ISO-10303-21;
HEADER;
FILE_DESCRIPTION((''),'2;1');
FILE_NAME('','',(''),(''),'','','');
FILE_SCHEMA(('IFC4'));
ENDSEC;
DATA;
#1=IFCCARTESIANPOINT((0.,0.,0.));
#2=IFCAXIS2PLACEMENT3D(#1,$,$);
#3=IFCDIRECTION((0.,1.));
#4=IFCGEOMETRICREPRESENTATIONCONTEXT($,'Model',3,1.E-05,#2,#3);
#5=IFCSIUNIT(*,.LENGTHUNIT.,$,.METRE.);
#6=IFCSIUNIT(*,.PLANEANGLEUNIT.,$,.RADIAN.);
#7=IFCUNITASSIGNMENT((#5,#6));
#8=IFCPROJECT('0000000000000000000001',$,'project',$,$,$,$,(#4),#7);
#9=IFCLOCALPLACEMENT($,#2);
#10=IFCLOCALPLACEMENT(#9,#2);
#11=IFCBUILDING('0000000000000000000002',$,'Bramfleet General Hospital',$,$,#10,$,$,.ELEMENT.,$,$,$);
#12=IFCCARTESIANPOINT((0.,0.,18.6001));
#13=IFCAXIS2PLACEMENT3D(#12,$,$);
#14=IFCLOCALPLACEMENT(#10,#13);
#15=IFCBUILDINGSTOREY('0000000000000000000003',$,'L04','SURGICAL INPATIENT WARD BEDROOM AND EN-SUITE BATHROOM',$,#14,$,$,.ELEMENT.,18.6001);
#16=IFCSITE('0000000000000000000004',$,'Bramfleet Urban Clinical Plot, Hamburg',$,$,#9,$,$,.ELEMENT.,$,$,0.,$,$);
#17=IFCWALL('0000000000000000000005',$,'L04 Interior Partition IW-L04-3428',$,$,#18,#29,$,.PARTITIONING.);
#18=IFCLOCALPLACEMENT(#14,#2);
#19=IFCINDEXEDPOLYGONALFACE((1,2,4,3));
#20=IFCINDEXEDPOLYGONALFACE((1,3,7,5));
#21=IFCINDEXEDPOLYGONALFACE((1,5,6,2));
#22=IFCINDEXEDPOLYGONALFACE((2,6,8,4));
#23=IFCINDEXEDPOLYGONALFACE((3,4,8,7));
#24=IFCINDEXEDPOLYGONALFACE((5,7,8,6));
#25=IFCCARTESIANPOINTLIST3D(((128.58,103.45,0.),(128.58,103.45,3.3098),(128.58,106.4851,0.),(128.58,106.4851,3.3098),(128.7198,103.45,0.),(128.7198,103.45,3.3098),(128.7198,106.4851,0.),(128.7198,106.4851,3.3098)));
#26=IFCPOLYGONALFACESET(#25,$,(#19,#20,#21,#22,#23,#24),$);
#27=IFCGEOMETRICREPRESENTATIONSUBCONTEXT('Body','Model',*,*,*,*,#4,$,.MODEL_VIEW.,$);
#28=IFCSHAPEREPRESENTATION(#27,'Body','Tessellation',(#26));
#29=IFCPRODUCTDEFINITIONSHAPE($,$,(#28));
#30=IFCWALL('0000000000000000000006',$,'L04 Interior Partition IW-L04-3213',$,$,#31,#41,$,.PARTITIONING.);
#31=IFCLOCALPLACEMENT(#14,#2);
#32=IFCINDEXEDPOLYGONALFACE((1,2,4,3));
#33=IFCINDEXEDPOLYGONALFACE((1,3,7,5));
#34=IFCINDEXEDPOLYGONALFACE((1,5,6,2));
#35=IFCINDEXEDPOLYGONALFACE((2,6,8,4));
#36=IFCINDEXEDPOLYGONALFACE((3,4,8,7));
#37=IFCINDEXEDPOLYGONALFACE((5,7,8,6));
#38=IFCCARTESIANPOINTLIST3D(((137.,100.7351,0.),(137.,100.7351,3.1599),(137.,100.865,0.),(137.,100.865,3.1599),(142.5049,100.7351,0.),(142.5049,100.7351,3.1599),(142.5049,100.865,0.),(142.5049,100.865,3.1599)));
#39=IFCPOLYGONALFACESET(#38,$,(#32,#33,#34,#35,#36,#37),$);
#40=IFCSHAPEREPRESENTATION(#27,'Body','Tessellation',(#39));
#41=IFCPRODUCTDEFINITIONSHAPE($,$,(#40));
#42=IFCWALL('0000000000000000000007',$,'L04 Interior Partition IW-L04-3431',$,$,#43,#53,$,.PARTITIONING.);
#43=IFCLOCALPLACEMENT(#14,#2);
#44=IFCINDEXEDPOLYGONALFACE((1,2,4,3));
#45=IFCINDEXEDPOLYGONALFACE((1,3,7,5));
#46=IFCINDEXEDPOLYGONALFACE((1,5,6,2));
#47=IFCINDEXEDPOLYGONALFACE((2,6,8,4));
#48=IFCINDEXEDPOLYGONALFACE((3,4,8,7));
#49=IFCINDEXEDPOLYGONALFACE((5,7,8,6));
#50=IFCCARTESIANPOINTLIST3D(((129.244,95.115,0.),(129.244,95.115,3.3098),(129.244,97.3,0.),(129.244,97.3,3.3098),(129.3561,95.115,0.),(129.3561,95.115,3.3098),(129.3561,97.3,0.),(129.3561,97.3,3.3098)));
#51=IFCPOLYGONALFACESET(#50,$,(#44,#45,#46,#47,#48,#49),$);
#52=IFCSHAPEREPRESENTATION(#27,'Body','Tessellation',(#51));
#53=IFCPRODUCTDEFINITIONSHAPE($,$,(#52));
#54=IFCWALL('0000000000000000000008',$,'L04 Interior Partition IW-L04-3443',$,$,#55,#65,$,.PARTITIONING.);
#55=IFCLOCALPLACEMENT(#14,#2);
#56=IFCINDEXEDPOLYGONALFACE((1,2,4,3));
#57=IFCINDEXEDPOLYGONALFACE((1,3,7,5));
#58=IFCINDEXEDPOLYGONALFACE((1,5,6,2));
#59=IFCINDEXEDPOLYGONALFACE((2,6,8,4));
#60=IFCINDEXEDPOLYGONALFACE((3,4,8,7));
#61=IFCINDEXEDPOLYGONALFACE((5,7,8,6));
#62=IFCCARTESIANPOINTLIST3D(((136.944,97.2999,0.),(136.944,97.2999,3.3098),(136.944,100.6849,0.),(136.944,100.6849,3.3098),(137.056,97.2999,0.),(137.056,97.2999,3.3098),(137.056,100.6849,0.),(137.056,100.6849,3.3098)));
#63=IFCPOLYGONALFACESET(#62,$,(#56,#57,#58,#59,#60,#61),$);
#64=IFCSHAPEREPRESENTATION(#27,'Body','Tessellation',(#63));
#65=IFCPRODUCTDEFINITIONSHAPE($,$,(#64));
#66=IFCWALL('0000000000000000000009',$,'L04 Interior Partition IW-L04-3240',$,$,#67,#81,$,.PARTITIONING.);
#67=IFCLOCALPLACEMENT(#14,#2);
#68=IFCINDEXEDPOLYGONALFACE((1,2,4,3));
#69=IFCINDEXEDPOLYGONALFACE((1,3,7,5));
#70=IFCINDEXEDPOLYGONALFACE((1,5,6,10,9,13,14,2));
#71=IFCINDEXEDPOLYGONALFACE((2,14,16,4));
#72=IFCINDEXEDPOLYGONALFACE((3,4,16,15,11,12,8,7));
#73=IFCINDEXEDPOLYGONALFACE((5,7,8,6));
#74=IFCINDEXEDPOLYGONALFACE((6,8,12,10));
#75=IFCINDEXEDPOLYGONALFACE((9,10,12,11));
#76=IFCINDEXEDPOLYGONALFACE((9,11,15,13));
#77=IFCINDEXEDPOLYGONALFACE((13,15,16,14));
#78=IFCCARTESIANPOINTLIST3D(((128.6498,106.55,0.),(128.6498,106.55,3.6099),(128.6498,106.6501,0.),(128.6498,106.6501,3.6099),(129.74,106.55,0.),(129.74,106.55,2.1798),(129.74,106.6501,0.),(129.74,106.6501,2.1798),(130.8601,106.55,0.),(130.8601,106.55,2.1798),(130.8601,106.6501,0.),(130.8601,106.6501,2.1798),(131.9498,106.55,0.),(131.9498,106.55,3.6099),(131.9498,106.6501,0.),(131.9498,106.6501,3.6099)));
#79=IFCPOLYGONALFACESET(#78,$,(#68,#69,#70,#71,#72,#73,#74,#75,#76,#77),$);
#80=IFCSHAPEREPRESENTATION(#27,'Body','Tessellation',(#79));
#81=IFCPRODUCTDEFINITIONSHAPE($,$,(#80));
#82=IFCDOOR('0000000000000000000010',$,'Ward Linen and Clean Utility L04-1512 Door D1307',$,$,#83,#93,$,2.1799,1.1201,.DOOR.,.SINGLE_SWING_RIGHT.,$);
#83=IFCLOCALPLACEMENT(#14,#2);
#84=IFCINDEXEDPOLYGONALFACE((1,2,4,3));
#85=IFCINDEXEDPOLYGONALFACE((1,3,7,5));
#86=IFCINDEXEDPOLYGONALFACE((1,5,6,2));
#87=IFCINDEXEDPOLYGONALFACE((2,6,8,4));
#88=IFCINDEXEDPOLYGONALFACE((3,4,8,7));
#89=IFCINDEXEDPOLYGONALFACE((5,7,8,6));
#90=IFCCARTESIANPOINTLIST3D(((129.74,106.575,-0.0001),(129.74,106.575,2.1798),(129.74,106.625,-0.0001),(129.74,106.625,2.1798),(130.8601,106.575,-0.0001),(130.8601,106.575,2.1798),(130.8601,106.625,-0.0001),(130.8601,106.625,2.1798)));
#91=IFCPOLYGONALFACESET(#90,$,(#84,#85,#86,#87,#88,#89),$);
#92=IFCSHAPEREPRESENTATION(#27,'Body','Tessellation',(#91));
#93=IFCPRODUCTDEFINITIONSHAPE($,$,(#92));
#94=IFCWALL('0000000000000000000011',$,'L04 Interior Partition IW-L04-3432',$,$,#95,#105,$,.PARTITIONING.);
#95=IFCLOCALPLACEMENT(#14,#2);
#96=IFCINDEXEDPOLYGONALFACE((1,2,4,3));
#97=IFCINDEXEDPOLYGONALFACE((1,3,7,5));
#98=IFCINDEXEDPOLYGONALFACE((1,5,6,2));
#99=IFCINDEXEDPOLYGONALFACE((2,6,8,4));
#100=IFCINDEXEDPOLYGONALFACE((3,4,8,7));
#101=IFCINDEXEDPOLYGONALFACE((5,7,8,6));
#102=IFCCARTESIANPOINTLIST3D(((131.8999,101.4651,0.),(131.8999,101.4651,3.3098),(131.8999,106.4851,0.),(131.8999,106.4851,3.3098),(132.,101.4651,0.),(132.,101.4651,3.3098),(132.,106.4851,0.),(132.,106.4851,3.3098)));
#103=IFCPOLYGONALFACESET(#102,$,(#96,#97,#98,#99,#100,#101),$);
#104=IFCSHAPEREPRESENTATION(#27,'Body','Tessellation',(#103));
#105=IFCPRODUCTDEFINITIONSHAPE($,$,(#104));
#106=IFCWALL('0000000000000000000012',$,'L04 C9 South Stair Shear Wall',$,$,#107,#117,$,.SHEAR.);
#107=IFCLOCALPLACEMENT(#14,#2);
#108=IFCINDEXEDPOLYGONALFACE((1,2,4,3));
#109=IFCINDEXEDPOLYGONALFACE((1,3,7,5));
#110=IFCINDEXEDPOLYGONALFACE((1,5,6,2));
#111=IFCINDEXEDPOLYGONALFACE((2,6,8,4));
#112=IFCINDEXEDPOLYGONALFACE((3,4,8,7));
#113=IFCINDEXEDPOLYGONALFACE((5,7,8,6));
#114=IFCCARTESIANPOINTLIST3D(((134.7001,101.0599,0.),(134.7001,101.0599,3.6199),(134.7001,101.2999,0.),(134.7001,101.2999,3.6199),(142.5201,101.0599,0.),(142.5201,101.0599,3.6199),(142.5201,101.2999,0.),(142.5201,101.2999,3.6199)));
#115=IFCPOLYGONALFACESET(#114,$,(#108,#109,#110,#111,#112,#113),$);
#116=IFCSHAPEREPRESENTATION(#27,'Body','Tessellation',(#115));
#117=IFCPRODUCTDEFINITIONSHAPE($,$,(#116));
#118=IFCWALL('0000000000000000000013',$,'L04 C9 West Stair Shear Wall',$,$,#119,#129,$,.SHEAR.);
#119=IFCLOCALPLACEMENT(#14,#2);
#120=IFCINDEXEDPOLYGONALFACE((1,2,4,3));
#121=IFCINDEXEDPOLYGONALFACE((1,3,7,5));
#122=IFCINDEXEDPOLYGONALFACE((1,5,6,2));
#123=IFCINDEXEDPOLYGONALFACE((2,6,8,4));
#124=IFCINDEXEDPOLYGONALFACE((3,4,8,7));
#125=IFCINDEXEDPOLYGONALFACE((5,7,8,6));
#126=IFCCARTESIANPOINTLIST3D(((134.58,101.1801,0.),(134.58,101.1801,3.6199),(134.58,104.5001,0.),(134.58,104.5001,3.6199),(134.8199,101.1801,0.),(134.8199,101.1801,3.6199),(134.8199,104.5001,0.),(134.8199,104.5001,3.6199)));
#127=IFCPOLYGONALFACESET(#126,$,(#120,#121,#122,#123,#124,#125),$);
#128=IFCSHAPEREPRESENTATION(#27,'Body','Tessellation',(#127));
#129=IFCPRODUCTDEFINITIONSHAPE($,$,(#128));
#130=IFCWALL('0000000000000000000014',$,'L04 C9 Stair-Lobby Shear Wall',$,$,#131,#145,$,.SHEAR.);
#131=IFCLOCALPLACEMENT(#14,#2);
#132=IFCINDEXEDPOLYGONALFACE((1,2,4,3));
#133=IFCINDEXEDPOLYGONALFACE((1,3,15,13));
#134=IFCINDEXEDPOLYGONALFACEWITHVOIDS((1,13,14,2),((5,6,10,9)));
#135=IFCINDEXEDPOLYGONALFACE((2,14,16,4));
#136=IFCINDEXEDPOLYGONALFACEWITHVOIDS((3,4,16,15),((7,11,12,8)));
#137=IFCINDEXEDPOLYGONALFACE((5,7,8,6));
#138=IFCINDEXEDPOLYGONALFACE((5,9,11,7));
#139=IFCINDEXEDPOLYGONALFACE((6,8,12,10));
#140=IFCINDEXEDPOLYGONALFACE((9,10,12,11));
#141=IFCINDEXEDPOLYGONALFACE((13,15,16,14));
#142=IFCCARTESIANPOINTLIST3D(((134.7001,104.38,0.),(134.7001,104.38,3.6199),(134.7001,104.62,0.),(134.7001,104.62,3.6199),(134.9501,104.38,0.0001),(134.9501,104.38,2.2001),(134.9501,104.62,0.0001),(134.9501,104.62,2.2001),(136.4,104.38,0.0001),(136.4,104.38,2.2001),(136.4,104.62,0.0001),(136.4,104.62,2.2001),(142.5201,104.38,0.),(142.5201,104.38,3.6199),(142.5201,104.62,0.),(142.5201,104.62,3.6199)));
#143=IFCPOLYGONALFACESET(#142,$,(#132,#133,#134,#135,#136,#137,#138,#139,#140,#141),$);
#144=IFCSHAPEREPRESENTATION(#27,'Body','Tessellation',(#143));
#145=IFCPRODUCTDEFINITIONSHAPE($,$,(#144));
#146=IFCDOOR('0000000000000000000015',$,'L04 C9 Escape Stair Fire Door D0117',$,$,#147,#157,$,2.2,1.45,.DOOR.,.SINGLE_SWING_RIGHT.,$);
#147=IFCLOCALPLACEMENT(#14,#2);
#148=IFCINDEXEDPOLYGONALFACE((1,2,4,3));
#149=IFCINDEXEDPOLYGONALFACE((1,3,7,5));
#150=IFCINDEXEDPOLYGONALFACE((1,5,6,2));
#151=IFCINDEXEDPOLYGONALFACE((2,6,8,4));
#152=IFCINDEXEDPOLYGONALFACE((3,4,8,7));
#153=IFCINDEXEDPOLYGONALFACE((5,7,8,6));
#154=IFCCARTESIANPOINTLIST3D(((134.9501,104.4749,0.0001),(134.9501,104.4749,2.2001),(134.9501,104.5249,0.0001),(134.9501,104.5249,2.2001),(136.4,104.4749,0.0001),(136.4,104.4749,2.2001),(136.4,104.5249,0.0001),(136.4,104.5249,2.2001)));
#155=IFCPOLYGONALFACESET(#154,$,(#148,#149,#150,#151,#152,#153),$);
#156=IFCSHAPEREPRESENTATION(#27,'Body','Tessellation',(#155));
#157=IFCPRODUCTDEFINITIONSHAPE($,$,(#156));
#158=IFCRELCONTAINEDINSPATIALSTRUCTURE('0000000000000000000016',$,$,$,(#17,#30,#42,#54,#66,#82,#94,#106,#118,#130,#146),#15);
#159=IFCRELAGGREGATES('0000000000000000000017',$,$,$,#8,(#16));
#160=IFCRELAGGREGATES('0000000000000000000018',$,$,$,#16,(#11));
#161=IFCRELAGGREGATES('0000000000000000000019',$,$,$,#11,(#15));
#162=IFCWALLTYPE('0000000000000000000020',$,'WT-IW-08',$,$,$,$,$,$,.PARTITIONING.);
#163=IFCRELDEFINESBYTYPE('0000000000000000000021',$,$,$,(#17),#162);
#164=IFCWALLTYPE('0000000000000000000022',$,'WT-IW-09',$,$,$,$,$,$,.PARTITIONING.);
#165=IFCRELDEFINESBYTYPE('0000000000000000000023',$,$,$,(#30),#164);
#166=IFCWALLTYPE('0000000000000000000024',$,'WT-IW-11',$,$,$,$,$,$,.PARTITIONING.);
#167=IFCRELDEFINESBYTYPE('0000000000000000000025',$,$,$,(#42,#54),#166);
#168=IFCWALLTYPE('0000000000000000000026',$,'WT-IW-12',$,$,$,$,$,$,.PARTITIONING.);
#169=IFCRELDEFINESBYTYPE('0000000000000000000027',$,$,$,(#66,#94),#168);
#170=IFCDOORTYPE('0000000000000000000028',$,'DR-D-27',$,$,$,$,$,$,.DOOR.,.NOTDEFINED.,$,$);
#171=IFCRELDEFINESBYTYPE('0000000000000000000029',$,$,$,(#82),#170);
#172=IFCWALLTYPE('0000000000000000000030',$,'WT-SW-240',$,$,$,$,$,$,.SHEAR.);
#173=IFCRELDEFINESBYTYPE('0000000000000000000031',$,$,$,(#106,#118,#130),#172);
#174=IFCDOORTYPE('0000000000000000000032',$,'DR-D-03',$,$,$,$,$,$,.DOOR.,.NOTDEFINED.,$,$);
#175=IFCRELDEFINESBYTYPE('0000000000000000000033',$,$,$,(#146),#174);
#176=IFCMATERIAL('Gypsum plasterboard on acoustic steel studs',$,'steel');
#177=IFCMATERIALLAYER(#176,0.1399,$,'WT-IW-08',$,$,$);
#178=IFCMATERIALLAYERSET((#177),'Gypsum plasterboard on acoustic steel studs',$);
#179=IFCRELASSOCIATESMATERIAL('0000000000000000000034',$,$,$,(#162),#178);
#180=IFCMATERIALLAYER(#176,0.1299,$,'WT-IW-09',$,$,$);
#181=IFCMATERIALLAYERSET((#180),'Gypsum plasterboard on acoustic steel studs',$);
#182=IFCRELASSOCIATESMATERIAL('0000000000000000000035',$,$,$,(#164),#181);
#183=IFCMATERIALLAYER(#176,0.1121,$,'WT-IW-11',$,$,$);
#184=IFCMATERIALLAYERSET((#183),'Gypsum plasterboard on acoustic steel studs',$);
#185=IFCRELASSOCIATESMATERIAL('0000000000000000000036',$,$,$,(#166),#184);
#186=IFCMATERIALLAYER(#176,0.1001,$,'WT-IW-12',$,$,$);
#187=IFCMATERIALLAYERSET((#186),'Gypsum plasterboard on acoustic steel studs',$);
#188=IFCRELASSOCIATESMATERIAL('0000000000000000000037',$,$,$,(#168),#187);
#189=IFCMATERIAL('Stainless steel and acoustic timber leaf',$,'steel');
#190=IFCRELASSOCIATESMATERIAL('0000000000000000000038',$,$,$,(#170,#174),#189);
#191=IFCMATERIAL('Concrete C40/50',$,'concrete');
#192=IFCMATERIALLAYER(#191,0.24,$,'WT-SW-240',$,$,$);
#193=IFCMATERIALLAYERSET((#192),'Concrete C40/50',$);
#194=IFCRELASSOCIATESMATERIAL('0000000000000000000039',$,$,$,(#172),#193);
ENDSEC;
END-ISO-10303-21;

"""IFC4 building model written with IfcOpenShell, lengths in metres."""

from ifc_helpers import new_model, si_unit, direction, frame, frame_2d, origin, place, context, subcontext, project, spatial, rectangle, extrude, material, layer, layer_set, type_object, element, fill, save


model = new_model("IFC4")

# Units and contexts
model_context = context("Model", 3, precision=1e-05, world=origin(), true_north=direction((0.0, 1.0)))
body_context = subcontext(model_context, "Body", "Model", "MODEL_VIEW")
ifc_project = project(units=[si_unit("LENGTHUNIT", "METRE"), si_unit("PLANEANGLEUNIT", "RADIAN")], contexts=[model_context])

# Site, building, storey
site_placement = place(None, origin())
site = spatial("IfcSite", under=ifc_project, at=site_placement, Name="Bramfleet Urban Clinical Plot, Hamburg", CompositionType="ELEMENT", RefElevation=0.0)
building_placement = place(site_placement, origin())
building = spatial("IfcBuilding", under=site, at=building_placement, Name="Bramfleet General Hospital", CompositionType="ELEMENT")
storey_placement = place(building_placement, frame((0.0, 0.0, 18.6001)))
storey = spatial("IfcBuildingStorey", under=building, at=storey_placement, Name="L04", Description="SURGICAL INPATIENT WARD BEDROOM AND EN-SUITE BATHROOM", CompositionType="ELEMENT", Elevation=18.6001)

# Shared definitions
ifc_material_1 = material(Name="Concrete C40/50", Category="concrete")

# Walls
ifc_material_2 = material(Name="Gypsum plasterboard on acoustic steel studs", Category="steel")
ifc_layer_1 = layer(ifc_material_2, 0.1399, Name="WT-IW-08")
ifc_layer_set_1 = layer_set([ifc_layer_1], Name="Gypsum plasterboard on acoustic steel studs")
wall_type_1 = type_object("IfcWallType", Name="WT-IW-08", PredefinedType="PARTITIONING", material=ifc_layer_set_1)
wall_1_placement = place(storey_placement, frame((128.6499, 103.45, 0.0), z_axis=(0.0, 0.0, 1.0), x_axis=(0.0, 1.0, 0.0)))
element("IfcWall", 1, at=wall_1_placement, inside=storey, type_object=wall_type_1, Name="L04 Interior Partition IW-L04-3428", PredefinedType="PARTITIONING", context=body_context, shape_type="SweptSolid", body=[
    extrude(rectangle(XDim=3.0352, YDim=0.1399, at=frame_2d((1.5176, 0.0))), origin(), (0.0, 0.0, 1.0), 3.3098),
])
ifc_layer_2 = layer(ifc_material_2, 0.1299, Name="WT-IW-09")
ifc_layer_set_2 = layer_set([ifc_layer_2], Name="Gypsum plasterboard on acoustic steel studs")
wall_type_2 = type_object("IfcWallType", Name="WT-IW-09", PredefinedType="PARTITIONING", material=ifc_layer_set_2)
wall_2_placement = place(storey_placement, frame((137.0, 100.8, 0.0), z_axis=(0.0, 0.0, 1.0), x_axis=(1.0, 0.0, 0.0)))
element("IfcWall", 2, at=wall_2_placement, inside=storey, type_object=wall_type_2, Name="L04 Interior Partition IW-L04-3213", PredefinedType="PARTITIONING", context=body_context, shape_type="SweptSolid", body=[
    extrude(rectangle(XDim=5.5049, YDim=0.1299, at=frame_2d((2.7524, 0.0))), origin(), (0.0, 0.0, 1.0), 3.1599),
])
ifc_layer_3 = layer(ifc_material_2, 0.1121, Name="WT-IW-11")
ifc_layer_set_3 = layer_set([ifc_layer_3], Name="Gypsum plasterboard on acoustic steel studs")
wall_type_3 = type_object("IfcWallType", Name="WT-IW-11", PredefinedType="PARTITIONING", material=ifc_layer_set_3)
wall_3_placement = place(storey_placement, frame((129.3, 95.115, 0.0), z_axis=(0.0, 0.0, 1.0), x_axis=(0.0, 1.0, 0.0)))
element("IfcWall", 3, at=wall_3_placement, inside=storey, type_object=wall_type_3, Name="L04 Interior Partition IW-L04-3431", PredefinedType="PARTITIONING", context=body_context, shape_type="SweptSolid", body=[
    extrude(rectangle(XDim=2.1851, YDim=0.1121, at=frame_2d((1.0925, 0.0))), origin(), (0.0, 0.0, 1.0), 3.3098),
])
wall_4_placement = place(storey_placement, frame((137.0, 97.3, 0.0), z_axis=(0.0, 0.0, 1.0), x_axis=(0.0, 1.0, 0.0)))
element("IfcWall", 4, at=wall_4_placement, inside=storey, type_object=wall_type_3, Name="L04 Interior Partition IW-L04-3443", PredefinedType="PARTITIONING", context=body_context, shape_type="SweptSolid", body=[
    extrude(rectangle(XDim=3.385, YDim=0.1121, at=frame_2d((1.6924, 0.0))), origin(), (0.0, 0.0, 1.0), 3.3098),
])

# Wall, opening, door
ifc_layer_4 = layer(ifc_material_2, 0.1001, Name="WT-IW-12")
ifc_layer_set_4 = layer_set([ifc_layer_4], Name="Gypsum plasterboard on acoustic steel studs")
wall_type_4 = type_object("IfcWallType", Name="WT-IW-12", PredefinedType="PARTITIONING", material=ifc_layer_set_4)
wall_5_placement = place(storey_placement, frame((128.6499, 106.6001, 0.0), z_axis=(0.0, 0.0, 1.0), x_axis=(1.0, 0.0, 0.0)))
wall_5 = element("IfcWall", 5, at=wall_5_placement, inside=storey, type_object=wall_type_4, Name="L04 Interior Partition IW-L04-3240", PredefinedType="PARTITIONING", context=body_context, shape_type="SweptSolid", body=[
    extrude(rectangle(XDim=3.3, YDim=0.1001, at=frame_2d((1.6499, 0.0))), origin(), (0.0, 0.0, 1.0), 3.6099),
])
opening_1_placement = place(wall_5_placement, frame((1.0901, 0.0, 0.0)))
opening_1 = element("IfcOpeningElement", 6, at=opening_1_placement, cuts=wall_5, PredefinedType="OPENING", context=body_context, shape_type="SweptSolid", body=[
    extrude(rectangle(XDim=1.1201, YDim=2.1799, at=frame_2d((0.5601, 1.0898))), frame((0.0, 0.0601, 0.0), z_axis=(0.0, -1.0, 0.0), x_axis=(1.0, 0.0, 0.0)), (0.0, 0.0, 1.0), 0.1201),
])
ifc_material_3 = material(Name="Stainless steel and acoustic timber leaf", Category="steel")
door_type_1 = type_object("IfcDoorType", Name="DR-D-27", OperationType="NOTDEFINED", PredefinedType="DOOR", material=ifc_material_3)
door_1_placement = place(opening_1_placement, origin())
door_1 = element("IfcDoor", 7, at=door_1_placement, inside=storey, type_object=door_type_1, Name="Ward Linen and Clean Utility L04-1512 Door D1307", OperationType="SINGLE_SWING_RIGHT", OverallHeight=2.1799, OverallWidth=1.1201, PredefinedType="DOOR", context=body_context, shape_type="SweptSolid", body=[
    extrude(rectangle(XDim=1.1201, YDim=2.1799, at=frame_2d((0.5601, 1.0898))), frame((0.0, 0.0249, 0.0), z_axis=(0.0, -1.0, 0.0), x_axis=(1.0, 0.0, 0.0)), (0.0, 0.0, 1.0), 0.05),
])
fill(opening_1, door_1)

# Walls
wall_6_placement = place(storey_placement, frame((131.95, 101.4651, 0.0), z_axis=(0.0, 0.0, 1.0), x_axis=(0.0, 1.0, 0.0)))
element("IfcWall", 8, at=wall_6_placement, inside=storey, type_object=wall_type_4, Name="L04 Interior Partition IW-L04-3432", PredefinedType="PARTITIONING", context=body_context, shape_type="SweptSolid", body=[
    extrude(rectangle(XDim=5.02, YDim=0.1001, at=frame_2d((2.51, 0.0))), origin(), (0.0, 0.0, 1.0), 3.3098),
])
ifc_layer_5 = layer(ifc_material_1, 0.24, Name="WT-SW-240")
ifc_layer_set_5 = layer_set([ifc_layer_5], Name="Concrete C40/50")
wall_type_5 = type_object("IfcWallType", Name="WT-SW-240", PredefinedType="SHEAR", material=ifc_layer_set_5)
wall_7_placement = place(storey_placement, frame((134.7, 101.1799, 0.0), z_axis=(0.0, 0.0, 1.0), x_axis=(1.0, 0.0, 0.0)))
element("IfcWall", 9, at=wall_7_placement, inside=storey, type_object=wall_type_5, Name="L04 C9 South Stair Shear Wall", PredefinedType="SHEAR", context=body_context, shape_type="SweptSolid", body=[
    extrude(rectangle(XDim=7.8201, YDim=0.24, at=frame_2d((3.9102, 0.0))), origin(), (0.0, 0.0, 1.0), 3.6199),
])
wall_8_placement = place(storey_placement, frame((134.7, 101.1799, 0.0), z_axis=(0.0, 0.0, 1.0), x_axis=(0.0, 1.0, 0.0)))
element("IfcWall", 10, at=wall_8_placement, inside=storey, type_object=wall_type_5, Name="L04 C9 West Stair Shear Wall", PredefinedType="SHEAR", context=body_context, shape_type="SweptSolid", body=[
    extrude(rectangle(XDim=3.3201, YDim=0.24, at=frame_2d((1.6602, 0.0))), origin(), (0.0, 0.0, 1.0), 3.6199),
])

# Wall, opening, door
wall_9_placement = place(storey_placement, frame((134.7, 104.5, 0.0), z_axis=(0.0, 0.0, 1.0), x_axis=(1.0, 0.0, 0.0)))
wall_9 = element("IfcWall", 11, at=wall_9_placement, inside=storey, type_object=wall_type_5, Name="L04 C9 Stair-Lobby Shear Wall", PredefinedType="SHEAR", context=body_context, shape_type="SweptSolid", body=[
    extrude(rectangle(XDim=7.8201, YDim=0.24, at=frame_2d((3.9102, 0.0))), origin(), (0.0, 0.0, 1.0), 3.6199),
])
opening_2_placement = place(wall_9_placement, frame((0.25, 0.0, 0.0)))
opening_2 = element("IfcOpeningElement", 12, at=opening_2_placement, cuts=wall_9, PredefinedType="OPENING", context=body_context, shape_type="SweptSolid", body=[
    extrude(rectangle(XDim=1.45, YDim=2.2, at=frame_2d((0.7251, 1.1001))), frame((0.0, 0.1299, 0.0), z_axis=(0.0, -1.0, 0.0), x_axis=(1.0, 0.0, 0.0)), (0.0, 0.0, 1.0), 0.26),
])
door_type_2 = type_object("IfcDoorType", Name="DR-D-03", OperationType="NOTDEFINED", PredefinedType="DOOR", material=ifc_material_3)
door_2_placement = place(opening_2_placement, origin())
door_2 = element("IfcDoor", 13, at=door_2_placement, inside=storey, type_object=door_type_2, Name="L04 C9 Escape Stair Fire Door D0117", OperationType="SINGLE_SWING_RIGHT", OverallHeight=2.2, OverallWidth=1.45, PredefinedType="DOOR", context=body_context, shape_type="SweptSolid", body=[
    extrude(rectangle(XDim=1.45, YDim=2.2, at=frame_2d((0.7251, 1.1001))), frame((0.0, 0.0249, 0.0), z_axis=(0.0, -1.0, 0.0), x_axis=(1.0, 0.0, 0.0)), (0.0, 0.0, 1.0), 0.05),
])
fill(opening_2, door_2)

save(model, "model.ifc")
